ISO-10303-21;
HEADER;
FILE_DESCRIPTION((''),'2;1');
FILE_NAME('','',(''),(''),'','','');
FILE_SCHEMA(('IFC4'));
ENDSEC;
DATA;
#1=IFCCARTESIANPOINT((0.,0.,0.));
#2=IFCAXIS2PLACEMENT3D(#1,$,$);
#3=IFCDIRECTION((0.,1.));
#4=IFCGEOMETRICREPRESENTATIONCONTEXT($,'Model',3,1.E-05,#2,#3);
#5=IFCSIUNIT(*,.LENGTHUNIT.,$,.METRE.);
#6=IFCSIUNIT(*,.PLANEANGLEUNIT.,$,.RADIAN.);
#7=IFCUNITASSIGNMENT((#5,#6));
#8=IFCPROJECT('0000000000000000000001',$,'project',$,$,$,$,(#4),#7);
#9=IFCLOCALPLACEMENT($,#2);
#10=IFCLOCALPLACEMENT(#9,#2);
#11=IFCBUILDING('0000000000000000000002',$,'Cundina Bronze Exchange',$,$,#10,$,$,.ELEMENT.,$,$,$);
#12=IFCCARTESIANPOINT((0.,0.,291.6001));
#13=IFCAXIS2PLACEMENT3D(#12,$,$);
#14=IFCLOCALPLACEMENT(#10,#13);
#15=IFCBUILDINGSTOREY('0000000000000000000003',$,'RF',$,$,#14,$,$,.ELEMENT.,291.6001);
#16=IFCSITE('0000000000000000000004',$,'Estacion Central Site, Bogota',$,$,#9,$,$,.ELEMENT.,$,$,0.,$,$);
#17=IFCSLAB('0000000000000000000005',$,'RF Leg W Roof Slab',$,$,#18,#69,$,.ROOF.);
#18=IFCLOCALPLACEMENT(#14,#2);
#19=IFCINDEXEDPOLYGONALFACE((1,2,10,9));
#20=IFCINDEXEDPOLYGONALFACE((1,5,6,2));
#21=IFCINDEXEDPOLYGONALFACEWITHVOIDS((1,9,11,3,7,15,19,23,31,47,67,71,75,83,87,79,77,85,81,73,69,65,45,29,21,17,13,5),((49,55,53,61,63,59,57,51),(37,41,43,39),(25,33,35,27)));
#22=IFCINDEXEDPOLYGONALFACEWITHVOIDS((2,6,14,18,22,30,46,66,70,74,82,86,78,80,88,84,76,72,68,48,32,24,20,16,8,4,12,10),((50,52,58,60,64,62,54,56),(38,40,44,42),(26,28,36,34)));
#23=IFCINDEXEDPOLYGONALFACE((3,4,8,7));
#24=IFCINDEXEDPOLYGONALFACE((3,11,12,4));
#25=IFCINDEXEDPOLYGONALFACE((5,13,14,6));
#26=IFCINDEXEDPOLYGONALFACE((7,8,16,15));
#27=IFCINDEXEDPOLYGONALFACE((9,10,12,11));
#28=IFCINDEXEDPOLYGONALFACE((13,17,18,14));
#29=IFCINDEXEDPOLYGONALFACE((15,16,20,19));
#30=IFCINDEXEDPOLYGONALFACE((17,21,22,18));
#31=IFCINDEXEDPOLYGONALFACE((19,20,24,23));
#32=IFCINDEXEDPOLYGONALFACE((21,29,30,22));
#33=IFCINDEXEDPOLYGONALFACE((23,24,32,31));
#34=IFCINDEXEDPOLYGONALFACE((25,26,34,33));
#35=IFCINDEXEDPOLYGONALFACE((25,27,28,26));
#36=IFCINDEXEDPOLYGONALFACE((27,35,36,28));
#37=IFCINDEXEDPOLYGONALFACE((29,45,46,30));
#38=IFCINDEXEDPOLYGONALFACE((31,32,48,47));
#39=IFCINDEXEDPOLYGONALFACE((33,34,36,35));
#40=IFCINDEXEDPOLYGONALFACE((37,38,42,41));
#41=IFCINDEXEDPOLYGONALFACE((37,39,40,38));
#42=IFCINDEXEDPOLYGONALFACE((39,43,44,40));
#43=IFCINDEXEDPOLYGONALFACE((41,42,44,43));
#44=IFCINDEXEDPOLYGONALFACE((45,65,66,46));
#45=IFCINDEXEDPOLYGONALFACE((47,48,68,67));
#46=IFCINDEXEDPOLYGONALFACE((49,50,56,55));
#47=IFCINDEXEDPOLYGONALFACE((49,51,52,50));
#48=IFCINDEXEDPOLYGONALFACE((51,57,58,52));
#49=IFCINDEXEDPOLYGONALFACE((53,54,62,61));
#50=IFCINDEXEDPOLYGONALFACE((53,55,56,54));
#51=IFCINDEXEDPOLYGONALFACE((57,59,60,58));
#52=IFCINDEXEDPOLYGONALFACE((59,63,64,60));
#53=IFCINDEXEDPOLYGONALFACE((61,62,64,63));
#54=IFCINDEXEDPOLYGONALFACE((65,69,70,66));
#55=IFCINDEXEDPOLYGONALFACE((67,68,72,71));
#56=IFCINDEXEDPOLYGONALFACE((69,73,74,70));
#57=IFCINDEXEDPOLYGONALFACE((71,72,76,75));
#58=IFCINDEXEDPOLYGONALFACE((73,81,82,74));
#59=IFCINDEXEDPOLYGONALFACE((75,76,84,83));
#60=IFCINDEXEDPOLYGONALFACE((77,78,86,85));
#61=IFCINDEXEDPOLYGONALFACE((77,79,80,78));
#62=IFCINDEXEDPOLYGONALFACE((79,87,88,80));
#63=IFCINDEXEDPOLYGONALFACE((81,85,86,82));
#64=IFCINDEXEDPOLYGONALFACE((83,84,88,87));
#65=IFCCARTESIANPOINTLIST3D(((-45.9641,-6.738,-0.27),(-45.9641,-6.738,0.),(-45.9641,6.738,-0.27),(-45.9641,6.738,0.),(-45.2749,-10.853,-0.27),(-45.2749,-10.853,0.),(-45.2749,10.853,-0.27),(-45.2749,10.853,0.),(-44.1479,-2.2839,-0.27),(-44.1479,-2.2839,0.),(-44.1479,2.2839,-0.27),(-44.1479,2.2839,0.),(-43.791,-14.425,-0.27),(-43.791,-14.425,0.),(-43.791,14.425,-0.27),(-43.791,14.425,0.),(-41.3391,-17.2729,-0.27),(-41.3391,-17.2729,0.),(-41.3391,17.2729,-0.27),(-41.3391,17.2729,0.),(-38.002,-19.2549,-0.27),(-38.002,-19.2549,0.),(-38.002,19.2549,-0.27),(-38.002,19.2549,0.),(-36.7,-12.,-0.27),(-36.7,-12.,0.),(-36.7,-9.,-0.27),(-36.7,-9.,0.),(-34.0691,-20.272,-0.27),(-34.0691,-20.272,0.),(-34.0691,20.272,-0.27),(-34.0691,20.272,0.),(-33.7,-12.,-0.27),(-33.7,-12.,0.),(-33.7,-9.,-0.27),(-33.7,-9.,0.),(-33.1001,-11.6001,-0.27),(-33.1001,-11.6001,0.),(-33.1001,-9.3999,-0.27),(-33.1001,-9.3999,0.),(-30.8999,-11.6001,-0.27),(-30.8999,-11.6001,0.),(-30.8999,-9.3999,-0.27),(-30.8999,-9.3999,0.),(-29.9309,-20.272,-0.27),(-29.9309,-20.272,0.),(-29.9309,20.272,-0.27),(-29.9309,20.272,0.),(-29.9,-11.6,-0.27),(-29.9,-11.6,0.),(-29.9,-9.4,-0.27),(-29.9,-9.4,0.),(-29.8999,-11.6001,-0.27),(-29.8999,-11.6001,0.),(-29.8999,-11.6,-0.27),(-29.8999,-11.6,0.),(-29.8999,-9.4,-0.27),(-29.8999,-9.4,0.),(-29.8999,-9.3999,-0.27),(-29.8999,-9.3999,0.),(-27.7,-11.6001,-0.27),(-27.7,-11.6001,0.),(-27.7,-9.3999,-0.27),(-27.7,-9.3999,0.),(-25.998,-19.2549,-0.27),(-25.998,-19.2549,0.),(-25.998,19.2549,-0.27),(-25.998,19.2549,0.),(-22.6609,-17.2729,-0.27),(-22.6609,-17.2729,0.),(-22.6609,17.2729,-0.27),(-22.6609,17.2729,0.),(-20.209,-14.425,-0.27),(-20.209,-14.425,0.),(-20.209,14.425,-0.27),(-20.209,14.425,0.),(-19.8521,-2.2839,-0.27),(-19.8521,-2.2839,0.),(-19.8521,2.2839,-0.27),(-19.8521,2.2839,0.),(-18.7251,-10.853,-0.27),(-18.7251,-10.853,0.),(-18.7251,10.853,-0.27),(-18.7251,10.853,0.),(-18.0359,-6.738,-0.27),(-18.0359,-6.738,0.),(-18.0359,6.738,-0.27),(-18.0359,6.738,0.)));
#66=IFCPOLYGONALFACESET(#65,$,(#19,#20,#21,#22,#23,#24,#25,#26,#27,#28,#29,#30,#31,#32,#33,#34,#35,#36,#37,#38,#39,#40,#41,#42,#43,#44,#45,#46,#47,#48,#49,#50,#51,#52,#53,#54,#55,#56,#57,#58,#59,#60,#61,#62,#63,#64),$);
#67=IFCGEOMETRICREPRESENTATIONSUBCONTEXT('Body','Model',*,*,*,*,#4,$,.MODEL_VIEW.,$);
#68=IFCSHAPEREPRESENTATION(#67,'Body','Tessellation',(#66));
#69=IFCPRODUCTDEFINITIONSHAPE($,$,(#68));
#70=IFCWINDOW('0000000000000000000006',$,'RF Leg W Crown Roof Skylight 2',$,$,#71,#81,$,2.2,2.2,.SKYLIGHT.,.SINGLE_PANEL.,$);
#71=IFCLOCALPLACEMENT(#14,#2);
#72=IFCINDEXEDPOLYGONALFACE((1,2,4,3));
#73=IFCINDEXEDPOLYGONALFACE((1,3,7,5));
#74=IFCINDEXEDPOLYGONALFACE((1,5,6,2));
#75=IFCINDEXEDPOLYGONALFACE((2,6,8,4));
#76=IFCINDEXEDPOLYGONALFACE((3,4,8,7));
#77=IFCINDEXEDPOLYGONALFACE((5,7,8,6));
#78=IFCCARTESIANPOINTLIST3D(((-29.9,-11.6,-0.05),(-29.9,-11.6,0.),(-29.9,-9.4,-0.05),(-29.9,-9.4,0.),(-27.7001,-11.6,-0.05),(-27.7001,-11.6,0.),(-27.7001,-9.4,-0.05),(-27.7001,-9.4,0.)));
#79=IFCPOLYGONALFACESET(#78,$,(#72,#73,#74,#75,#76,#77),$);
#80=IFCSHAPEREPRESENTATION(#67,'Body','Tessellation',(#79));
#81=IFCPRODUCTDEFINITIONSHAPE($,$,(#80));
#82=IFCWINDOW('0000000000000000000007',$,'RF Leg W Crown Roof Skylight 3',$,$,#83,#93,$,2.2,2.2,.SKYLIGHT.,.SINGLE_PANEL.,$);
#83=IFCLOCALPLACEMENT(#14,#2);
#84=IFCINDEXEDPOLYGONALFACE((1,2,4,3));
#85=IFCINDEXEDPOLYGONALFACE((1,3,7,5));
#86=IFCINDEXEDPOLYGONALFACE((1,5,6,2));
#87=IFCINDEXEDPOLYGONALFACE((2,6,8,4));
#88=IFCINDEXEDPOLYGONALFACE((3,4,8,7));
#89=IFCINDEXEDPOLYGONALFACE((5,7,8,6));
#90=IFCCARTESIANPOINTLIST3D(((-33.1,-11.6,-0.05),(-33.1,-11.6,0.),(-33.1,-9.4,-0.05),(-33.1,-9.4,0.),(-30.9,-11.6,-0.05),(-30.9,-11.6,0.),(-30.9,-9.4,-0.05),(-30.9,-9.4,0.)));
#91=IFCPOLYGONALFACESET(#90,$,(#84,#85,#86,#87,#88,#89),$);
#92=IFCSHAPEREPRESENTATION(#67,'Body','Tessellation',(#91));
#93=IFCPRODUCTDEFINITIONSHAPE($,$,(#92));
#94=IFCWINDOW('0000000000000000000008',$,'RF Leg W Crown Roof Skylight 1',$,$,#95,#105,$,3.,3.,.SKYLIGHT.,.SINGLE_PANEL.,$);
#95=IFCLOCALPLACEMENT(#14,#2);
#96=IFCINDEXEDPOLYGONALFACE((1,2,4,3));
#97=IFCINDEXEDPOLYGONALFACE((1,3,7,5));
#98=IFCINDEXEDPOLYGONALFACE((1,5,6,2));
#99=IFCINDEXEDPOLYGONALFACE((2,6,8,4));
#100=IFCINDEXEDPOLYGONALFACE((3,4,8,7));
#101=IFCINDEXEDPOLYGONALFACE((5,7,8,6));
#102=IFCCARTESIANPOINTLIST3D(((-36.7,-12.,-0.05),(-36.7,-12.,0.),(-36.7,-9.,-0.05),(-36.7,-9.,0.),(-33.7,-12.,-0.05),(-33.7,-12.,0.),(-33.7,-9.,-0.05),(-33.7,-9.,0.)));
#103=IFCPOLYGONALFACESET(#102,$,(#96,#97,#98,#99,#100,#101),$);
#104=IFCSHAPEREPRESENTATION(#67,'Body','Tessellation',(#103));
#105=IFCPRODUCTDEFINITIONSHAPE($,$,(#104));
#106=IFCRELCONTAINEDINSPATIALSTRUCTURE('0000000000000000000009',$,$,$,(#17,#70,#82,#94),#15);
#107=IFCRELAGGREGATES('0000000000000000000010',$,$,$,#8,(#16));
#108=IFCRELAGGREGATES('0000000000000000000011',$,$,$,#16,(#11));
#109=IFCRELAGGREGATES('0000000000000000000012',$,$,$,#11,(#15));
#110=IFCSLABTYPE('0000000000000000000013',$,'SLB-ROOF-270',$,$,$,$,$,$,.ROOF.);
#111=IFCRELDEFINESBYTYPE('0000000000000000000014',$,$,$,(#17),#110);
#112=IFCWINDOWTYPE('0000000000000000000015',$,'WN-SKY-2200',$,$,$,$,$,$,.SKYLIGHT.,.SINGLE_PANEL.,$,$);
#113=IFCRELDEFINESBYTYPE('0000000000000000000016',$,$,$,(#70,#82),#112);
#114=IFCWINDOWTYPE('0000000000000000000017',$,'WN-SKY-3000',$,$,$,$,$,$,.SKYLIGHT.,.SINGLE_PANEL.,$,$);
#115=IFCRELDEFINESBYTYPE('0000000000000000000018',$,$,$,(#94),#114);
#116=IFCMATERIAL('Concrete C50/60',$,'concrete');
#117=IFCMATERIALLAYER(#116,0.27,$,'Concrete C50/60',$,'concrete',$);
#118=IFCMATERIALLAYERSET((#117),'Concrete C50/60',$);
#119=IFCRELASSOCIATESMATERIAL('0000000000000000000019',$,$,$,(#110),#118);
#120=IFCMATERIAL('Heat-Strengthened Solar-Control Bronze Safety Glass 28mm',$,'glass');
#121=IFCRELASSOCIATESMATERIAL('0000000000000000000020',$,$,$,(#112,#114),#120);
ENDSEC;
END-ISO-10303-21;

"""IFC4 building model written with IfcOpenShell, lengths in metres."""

from ifc_helpers import new_model, si_unit, direction, frame, origin, origin_2d, place, context, subcontext, project, spatial, polyline, rectangle, outline, extrude, material, layer, layer_set, type_object, element, fill, save


model = new_model("IFC4")

# Units and contexts
model_context = context("Model", 3, precision=1e-05, world=origin(), true_north=direction((0.0, 1.0)))
body_context = subcontext(model_context, "Body", "Model", "MODEL_VIEW")
ifc_project = project(units=[si_unit("LENGTHUNIT", "METRE"), si_unit("PLANEANGLEUNIT", "RADIAN")], contexts=[model_context])

# Site, building, storey
site_placement = place(None, origin())
site = spatial("IfcSite", under=ifc_project, at=site_placement, Name="Estacion Central Site, Bogota", CompositionType="ELEMENT", RefElevation=0.0)
building_placement = place(site_placement, origin())
building = spatial("IfcBuilding", under=site, at=building_placement, Name="Cundina Bronze Exchange", CompositionType="ELEMENT")
storey_placement = place(building_placement, frame((0.0, 0.0, 291.6001)))
storey = spatial("IfcBuildingStorey", under=building, at=storey_placement, Name="RF", CompositionType="ELEMENT", Elevation=291.6001)

# Shared definitions
ifc_material_1 = material(Name="Heat-Strengthened Solar-Control Bronze Safety Glass 28mm", Category="glass")

# Slab, openings, windows
ifc_material_2 = material(Name="Concrete C50/60", Category="concrete")
ifc_layer_1 = layer(ifc_material_2, 0.27, Name="Concrete C50/60", Category="concrete")
ifc_layer_set_1 = layer_set([ifc_layer_1], Name="Concrete C50/60")
slab_type_1 = type_object("IfcSlabType", Name="SLB-ROOF-270", PredefinedType="ROOF", material=ifc_layer_set_1)
slab_1_placement = place(storey_placement, frame((0.0, 0.0, -0.27)))
slab_1 = element("IfcSlab", 1, at=slab_1_placement, inside=storey, type_object=slab_type_1, Name="RF Leg W Roof Slab", PredefinedType="ROOF", context=body_context, shape_type="SweptSolid", body=[
    extrude(outline(polyline([(-19.8521, 2.2839), (-18.0359, 6.738), (-18.7251, 10.853), (-20.209, 14.425), (-22.6609, 17.2729), (-25.998, 19.2549), (-29.9309, 20.272), (-34.0691, 20.272), (-38.002, 19.2549), (-41.3391, 17.2729), (-43.791, 14.425), (-45.2749, 10.853), (-45.9641, 6.738), (-44.1479, 2.2839), (-44.1479, -2.2839), (-45.9641, -6.738), (-45.2749, -10.853), (-43.791, -14.425), (-41.3391, -17.2729), (-38.002, -19.2549), (-34.0691, -20.272), (-29.9309, -20.272), (-25.998, -19.2549), (-22.6609, -17.2729), (-20.209, -14.425), (-18.7251, -10.853), (-18.0359, -6.738), (-19.8521, -2.2839), (-19.8521, 2.2839)]), holes=[polyline([(-36.7, -9.0), (-33.7, -9.0), (-33.7, -12.0), (-36.7, -12.0), (-36.7, -9.0)]), polyline([(-29.8999, -9.3999), (-27.7, -9.3999), (-27.7, -11.6001), (-29.8999, -11.6001), (-29.8999, -9.3999)]), polyline([(-33.1001, -9.3999), (-30.8999, -9.3999), (-30.8999, -11.6001), (-33.1001, -11.6001), (-33.1001, -9.3999)])]), origin(), (0.0, 0.0, 1.0), 0.27),
])
opening_1_placement = place(slab_1_placement, frame((-35.2, -10.5, -0.01)))
opening_1 = element("IfcOpeningElement", 2, at=opening_1_placement, cuts=slab_1, PredefinedType="OPENING", context=body_context, shape_type="SweptSolid", body=[
    extrude(rectangle(XDim=3.0, YDim=3.0, at=origin_2d()), origin(), (0.0, 0.0, 1.0), 0.29),
])
opening_2_placement = place(slab_1_placement, frame((-28.8, -10.5, -0.01)))
opening_2 = element("IfcOpeningElement", 3, at=opening_2_placement, cuts=slab_1, PredefinedType="OPENING", context=body_context, shape_type="SweptSolid", body=[
    extrude(rectangle(XDim=2.2, YDim=2.2, at=origin_2d()), origin(), (0.0, 0.0, 1.0), 0.29),
])
opening_3_placement = place(slab_1_placement, frame((-32.0, -10.5, -0.01)))
opening_3 = element("IfcOpeningElement", 4, at=opening_3_placement, cuts=slab_1, PredefinedType="OPENING", context=body_context, shape_type="SweptSolid", body=[
    extrude(rectangle(XDim=2.2, YDim=2.2, at=origin_2d()), origin(), (0.0, 0.0, 1.0), 0.29),
])
window_type_1 = type_object("IfcWindowType", Name="WN-SKY-2200", PartitioningType="SINGLE_PANEL", PredefinedType="SKYLIGHT", material=ifc_material_1)
window_1_placement = place(slab_1_placement, frame((-28.8, -10.5, 0.22)))
window_1 = element("IfcWindow", 5, at=window_1_placement, inside=storey, type_object=window_type_1, Name="RF Leg W Crown Roof Skylight 2", OverallHeight=2.2, OverallWidth=2.2, PartitioningType="SINGLE_PANEL", PredefinedType="SKYLIGHT", context=body_context, shape_type="SweptSolid", body=[
    extrude(rectangle(XDim=2.2, YDim=2.2, at=origin_2d()), origin(), (0.0, 0.0, 1.0), 0.05),
])
fill(opening_2, window_1)
window_2_placement = place(slab_1_placement, frame((-32.0, -10.5, 0.22)))
window_2 = element("IfcWindow", 6, at=window_2_placement, inside=storey, type_object=window_type_1, Name="RF Leg W Crown Roof Skylight 3", OverallHeight=2.2, OverallWidth=2.2, PartitioningType="SINGLE_PANEL", PredefinedType="SKYLIGHT", context=body_context, shape_type="SweptSolid", body=[
    extrude(rectangle(XDim=2.2, YDim=2.2, at=origin_2d()), origin(), (0.0, 0.0, 1.0), 0.05),
])
fill(opening_3, window_2)
window_type_2 = type_object("IfcWindowType", Name="WN-SKY-3000", PartitioningType="SINGLE_PANEL", PredefinedType="SKYLIGHT", material=ifc_material_1)
window_3_placement = place(slab_1_placement, frame((-35.2, -10.5, 0.22)))
window_3 = element("IfcWindow", 7, at=window_3_placement, inside=storey, type_object=window_type_2, Name="RF Leg W Crown Roof Skylight 1", OverallHeight=3.0, OverallWidth=3.0, PartitioningType="SINGLE_PANEL", PredefinedType="SKYLIGHT", context=body_context, shape_type="SweptSolid", body=[
    extrude(rectangle(XDim=3.0, YDim=3.0, at=origin_2d()), origin(), (0.0, 0.0, 1.0), 0.05),
])
fill(opening_1, window_3)

save(model, "model.ifc")
